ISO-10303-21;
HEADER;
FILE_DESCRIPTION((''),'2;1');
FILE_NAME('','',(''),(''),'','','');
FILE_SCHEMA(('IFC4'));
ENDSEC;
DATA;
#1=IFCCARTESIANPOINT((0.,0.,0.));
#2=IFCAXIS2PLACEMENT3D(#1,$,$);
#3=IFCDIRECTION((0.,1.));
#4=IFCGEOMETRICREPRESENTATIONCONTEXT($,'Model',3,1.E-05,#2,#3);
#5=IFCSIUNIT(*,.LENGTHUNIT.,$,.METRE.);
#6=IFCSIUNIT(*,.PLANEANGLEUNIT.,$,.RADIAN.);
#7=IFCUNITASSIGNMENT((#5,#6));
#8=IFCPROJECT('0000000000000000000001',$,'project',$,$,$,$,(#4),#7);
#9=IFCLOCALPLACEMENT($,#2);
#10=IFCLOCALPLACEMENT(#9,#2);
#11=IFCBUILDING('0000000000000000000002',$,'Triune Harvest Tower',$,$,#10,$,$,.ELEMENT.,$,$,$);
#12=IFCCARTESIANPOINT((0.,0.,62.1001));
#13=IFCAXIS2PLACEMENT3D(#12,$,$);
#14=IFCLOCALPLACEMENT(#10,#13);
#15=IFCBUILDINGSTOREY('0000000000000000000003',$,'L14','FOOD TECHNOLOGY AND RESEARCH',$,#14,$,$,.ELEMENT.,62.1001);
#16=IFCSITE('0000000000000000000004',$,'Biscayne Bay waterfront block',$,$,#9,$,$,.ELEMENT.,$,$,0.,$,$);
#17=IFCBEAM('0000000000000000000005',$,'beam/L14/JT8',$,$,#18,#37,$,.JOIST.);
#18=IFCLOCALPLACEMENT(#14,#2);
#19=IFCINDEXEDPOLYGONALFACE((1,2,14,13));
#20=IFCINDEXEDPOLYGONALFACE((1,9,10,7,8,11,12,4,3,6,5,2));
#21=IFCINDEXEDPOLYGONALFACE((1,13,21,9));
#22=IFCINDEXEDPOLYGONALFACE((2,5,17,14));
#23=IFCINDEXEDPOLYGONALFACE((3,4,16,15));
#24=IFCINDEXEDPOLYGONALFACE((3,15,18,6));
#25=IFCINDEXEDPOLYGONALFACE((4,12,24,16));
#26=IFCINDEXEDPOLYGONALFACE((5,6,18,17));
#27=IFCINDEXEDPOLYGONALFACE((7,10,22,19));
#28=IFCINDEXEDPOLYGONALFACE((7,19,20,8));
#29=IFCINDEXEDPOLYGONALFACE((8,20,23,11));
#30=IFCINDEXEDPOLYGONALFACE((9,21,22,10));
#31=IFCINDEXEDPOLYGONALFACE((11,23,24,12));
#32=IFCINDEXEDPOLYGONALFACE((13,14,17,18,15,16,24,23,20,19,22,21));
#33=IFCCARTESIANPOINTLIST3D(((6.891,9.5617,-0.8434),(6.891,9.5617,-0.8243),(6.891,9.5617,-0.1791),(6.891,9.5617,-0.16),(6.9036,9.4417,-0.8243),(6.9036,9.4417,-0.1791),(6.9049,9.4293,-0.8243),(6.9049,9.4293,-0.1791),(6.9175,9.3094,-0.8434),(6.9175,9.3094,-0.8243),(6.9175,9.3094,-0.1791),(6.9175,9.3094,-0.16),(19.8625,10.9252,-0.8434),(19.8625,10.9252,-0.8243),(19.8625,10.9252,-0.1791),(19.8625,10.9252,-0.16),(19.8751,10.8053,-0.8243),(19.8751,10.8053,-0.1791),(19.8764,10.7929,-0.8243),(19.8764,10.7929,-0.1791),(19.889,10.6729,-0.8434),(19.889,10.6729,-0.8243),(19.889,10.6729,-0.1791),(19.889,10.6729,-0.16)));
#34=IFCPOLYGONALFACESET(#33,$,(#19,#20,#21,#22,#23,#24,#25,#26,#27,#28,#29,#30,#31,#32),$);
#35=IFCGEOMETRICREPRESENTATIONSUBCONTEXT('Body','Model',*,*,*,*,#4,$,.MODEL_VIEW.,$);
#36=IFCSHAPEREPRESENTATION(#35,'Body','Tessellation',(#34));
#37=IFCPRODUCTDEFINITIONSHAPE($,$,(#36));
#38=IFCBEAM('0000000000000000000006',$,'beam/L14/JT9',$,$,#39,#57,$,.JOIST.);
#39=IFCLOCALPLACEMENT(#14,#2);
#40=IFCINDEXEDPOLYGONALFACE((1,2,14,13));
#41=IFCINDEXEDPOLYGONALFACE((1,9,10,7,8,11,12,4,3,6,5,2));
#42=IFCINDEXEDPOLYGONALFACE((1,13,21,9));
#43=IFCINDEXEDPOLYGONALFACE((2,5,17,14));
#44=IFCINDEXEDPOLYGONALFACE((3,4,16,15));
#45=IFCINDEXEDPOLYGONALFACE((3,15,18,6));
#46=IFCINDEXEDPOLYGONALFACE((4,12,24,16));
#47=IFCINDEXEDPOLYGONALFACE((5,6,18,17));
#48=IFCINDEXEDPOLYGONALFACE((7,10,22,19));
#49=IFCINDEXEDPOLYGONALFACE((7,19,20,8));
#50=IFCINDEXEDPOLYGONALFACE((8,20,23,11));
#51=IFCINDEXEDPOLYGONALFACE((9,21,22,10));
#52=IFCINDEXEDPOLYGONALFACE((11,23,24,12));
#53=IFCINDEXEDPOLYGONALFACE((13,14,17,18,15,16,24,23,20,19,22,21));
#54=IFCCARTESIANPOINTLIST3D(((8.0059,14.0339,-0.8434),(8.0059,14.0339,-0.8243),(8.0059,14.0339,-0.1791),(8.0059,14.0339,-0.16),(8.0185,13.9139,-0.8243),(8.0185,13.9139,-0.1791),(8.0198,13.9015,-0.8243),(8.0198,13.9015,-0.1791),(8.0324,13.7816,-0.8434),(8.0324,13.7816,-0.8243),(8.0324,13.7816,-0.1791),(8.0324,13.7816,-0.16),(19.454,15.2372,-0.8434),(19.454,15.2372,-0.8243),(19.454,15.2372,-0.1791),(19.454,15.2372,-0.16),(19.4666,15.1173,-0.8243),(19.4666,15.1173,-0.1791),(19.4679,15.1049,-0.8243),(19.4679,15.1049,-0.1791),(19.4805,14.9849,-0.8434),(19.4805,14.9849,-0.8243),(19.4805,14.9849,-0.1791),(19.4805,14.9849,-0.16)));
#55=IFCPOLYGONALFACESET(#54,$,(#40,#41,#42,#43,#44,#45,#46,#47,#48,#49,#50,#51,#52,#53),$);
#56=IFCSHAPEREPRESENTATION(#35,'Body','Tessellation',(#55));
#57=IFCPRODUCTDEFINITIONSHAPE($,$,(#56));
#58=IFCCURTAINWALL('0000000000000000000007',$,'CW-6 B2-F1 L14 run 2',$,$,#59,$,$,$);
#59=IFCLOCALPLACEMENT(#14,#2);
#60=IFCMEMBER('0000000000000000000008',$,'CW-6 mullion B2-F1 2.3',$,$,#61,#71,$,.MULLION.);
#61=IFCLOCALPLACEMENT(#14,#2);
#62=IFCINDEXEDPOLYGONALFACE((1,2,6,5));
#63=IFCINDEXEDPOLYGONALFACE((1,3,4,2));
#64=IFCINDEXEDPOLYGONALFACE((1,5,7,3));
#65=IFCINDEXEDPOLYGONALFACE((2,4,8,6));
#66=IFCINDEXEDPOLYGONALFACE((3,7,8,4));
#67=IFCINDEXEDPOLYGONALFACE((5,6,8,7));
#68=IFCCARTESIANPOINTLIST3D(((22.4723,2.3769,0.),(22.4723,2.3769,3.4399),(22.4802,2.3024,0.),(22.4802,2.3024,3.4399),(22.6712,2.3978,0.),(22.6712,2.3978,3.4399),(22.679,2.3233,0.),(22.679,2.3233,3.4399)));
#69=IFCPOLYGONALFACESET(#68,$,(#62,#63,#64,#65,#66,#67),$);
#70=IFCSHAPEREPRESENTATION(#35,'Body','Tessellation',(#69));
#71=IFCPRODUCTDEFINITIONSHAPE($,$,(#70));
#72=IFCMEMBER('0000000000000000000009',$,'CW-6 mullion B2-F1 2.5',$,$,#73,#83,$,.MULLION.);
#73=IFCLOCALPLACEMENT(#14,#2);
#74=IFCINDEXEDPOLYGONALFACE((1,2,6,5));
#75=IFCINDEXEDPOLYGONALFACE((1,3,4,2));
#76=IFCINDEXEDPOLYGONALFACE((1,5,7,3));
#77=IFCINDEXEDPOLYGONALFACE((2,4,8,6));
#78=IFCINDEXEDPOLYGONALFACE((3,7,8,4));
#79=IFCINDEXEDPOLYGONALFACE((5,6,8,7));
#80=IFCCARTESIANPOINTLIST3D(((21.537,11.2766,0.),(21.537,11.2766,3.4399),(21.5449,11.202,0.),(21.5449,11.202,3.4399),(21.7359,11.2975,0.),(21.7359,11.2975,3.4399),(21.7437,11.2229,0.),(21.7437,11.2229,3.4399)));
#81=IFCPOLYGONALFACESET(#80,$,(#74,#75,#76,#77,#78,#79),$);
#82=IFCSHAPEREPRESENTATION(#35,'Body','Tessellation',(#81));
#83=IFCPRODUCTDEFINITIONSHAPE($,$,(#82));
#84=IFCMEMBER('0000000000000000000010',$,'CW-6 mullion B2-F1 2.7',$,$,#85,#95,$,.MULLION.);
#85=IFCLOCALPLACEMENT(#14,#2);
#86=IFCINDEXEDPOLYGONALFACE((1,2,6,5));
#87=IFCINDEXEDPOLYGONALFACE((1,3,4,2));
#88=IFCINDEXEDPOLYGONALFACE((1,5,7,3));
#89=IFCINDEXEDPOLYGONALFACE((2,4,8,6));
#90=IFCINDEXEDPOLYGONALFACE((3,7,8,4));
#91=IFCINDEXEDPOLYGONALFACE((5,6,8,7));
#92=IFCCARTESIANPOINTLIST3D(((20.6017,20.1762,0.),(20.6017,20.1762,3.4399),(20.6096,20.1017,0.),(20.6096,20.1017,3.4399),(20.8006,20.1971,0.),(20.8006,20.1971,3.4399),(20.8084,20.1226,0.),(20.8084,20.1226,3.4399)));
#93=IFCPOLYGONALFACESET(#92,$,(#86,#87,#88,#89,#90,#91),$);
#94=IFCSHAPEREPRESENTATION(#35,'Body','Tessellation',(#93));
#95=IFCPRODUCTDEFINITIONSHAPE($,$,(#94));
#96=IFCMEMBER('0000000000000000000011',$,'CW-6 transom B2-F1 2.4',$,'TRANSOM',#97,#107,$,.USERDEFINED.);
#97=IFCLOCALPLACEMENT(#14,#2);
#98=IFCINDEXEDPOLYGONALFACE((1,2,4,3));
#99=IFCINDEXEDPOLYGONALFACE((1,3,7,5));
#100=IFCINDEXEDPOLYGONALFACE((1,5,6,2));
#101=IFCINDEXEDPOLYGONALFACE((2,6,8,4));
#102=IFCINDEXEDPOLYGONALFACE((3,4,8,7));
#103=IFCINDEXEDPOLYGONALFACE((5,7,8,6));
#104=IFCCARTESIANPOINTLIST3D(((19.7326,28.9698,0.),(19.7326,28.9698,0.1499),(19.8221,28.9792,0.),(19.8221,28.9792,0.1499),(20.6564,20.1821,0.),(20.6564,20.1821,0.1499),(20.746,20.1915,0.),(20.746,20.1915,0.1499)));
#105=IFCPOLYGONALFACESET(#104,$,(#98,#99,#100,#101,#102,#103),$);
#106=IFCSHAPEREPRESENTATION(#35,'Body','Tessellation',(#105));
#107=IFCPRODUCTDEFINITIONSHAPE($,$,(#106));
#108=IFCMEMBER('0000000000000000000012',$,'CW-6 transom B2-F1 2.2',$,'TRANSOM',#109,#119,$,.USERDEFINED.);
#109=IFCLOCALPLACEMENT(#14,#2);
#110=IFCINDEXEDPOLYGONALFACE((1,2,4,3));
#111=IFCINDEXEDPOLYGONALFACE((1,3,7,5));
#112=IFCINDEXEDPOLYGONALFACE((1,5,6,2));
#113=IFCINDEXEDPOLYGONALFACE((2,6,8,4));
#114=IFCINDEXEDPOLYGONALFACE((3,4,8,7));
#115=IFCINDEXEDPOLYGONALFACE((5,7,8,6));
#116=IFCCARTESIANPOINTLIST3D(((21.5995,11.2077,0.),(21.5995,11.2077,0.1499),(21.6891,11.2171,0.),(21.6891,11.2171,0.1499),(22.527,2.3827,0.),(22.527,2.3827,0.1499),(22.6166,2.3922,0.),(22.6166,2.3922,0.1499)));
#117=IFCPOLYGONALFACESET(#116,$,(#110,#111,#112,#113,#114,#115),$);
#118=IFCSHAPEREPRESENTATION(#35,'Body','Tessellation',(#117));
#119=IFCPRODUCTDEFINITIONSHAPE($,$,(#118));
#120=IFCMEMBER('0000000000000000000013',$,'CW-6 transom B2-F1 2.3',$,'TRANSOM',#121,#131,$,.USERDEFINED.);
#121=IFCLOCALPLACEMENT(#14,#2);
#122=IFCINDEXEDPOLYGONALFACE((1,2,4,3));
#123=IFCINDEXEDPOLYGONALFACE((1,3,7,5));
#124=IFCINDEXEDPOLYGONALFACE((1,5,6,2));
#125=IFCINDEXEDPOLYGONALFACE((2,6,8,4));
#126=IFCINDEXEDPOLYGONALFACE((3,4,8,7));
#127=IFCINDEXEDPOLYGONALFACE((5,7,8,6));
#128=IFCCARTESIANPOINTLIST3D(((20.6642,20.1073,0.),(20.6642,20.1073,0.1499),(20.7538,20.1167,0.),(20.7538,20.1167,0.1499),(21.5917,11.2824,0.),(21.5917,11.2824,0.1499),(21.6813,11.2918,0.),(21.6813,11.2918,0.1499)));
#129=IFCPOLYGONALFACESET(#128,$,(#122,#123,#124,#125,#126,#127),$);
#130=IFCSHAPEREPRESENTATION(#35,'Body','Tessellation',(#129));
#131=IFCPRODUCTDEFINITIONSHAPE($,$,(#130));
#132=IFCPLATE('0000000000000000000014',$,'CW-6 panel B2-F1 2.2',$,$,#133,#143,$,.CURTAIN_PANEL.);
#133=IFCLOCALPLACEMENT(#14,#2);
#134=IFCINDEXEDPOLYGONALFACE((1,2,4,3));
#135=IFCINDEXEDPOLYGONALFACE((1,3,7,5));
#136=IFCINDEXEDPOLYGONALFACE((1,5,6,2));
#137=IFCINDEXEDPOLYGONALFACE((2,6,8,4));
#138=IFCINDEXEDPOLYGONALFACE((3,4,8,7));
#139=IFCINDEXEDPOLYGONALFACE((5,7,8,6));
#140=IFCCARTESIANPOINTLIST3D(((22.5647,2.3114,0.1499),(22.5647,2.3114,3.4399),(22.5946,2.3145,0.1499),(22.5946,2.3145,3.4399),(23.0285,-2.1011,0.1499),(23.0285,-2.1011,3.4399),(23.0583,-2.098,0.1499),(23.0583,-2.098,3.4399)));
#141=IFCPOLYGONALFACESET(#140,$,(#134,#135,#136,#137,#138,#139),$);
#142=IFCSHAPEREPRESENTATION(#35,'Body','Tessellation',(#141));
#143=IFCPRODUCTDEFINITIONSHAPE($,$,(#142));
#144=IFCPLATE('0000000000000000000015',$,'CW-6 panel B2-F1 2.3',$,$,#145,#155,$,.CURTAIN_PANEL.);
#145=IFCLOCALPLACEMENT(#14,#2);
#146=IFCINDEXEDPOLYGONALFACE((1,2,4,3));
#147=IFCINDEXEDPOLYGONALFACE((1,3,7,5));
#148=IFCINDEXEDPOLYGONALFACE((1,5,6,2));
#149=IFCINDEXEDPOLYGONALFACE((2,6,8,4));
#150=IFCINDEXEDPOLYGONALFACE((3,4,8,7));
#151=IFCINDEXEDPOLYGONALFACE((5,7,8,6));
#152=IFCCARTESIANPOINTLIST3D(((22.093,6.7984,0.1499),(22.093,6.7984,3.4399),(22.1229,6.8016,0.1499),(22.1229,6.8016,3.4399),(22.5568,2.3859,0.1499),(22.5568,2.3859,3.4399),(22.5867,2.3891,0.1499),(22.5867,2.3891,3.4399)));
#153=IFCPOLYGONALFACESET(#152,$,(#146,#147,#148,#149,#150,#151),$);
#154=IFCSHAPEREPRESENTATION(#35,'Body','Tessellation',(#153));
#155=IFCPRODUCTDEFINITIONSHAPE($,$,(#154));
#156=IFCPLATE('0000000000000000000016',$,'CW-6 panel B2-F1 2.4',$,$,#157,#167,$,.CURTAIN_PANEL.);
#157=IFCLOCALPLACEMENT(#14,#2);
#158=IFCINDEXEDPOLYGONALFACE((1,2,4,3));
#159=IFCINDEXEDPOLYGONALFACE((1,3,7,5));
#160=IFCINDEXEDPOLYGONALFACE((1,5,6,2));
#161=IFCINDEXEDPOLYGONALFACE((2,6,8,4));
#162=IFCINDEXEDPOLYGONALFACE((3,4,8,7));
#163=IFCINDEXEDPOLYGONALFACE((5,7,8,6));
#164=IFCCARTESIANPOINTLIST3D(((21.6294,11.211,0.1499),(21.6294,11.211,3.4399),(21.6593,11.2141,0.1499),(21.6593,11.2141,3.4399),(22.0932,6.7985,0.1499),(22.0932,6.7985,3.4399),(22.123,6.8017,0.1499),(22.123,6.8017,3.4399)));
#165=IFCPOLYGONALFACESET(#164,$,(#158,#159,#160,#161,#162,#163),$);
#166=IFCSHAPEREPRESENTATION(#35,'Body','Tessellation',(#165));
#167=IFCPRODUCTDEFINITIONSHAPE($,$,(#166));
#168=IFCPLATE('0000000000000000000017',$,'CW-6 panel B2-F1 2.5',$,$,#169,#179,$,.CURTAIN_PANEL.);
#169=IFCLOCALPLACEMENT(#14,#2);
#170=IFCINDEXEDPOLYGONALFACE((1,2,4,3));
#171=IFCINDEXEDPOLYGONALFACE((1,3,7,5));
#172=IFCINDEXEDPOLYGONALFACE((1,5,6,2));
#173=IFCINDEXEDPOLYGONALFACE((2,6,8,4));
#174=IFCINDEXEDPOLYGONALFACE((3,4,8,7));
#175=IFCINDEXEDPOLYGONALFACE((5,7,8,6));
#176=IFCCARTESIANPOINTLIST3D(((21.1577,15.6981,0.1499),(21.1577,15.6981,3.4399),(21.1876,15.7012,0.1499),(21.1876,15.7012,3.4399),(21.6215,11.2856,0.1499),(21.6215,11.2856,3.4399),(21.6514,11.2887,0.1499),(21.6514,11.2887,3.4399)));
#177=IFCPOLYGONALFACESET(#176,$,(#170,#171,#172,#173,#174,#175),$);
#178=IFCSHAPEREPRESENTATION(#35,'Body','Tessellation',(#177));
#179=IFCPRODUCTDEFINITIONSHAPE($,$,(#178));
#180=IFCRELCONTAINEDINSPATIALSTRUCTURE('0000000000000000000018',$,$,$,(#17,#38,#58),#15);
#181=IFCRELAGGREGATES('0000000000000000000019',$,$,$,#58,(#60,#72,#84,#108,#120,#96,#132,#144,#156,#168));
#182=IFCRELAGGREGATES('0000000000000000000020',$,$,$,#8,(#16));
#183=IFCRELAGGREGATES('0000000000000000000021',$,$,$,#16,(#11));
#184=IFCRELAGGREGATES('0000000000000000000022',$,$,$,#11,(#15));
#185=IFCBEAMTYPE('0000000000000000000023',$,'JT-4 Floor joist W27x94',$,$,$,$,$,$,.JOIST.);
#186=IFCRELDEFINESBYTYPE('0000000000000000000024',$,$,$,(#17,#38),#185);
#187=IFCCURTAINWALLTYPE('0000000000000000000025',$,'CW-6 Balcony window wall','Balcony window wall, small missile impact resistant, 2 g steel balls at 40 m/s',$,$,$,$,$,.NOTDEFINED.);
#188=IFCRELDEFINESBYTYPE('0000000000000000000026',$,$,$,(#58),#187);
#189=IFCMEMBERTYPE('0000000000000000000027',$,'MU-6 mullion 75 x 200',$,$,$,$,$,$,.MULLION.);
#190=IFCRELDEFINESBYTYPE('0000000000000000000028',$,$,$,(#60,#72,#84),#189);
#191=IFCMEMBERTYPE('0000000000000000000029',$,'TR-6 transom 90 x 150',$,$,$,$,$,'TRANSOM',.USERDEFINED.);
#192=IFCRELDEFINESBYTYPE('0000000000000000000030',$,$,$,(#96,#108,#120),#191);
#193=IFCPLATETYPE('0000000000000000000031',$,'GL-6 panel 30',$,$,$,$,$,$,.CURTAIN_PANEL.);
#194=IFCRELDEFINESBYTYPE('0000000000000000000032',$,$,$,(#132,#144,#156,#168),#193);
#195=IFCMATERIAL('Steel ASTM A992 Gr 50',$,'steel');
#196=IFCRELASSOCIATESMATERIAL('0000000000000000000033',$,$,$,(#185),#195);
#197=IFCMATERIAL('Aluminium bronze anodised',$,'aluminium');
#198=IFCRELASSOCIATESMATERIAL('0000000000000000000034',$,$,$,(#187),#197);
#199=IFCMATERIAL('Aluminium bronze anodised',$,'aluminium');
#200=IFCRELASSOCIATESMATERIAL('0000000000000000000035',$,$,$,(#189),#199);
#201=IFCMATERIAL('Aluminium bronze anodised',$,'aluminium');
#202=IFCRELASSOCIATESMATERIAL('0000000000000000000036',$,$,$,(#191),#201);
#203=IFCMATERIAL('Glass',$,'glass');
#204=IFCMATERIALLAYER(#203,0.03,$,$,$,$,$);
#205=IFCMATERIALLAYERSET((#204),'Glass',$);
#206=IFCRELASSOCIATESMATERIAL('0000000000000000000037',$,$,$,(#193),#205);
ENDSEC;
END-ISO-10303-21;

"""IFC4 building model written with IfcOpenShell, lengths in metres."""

from ifc_helpers import new_model, si_unit, direction, frame, origin, origin_2d, place, context, subcontext, project, spatial, rectangle, i_section, extrude, source, transform, mapped, material, layer, layer_set, material_profile, profile_set, type_object, element, aggregate, save


model = new_model("IFC4")

# Units and contexts
model_context = context("Model", 3, precision=1e-05, world=origin(), true_north=direction((0.0, 1.0)))
body_context = subcontext(model_context, "Body", "Model", "MODEL_VIEW")
ifc_project = project(units=[si_unit("LENGTHUNIT", "METRE"), si_unit("PLANEANGLEUNIT", "RADIAN")], contexts=[model_context])

# Site, building, storey
site_placement = place(None, origin())
site = spatial("IfcSite", under=ifc_project, at=site_placement, Name="Biscayne Bay waterfront block", CompositionType="ELEMENT", RefElevation=0.0)
building_placement = place(site_placement, origin())
building = spatial("IfcBuilding", under=site, at=building_placement, Name="Triune Harvest Tower", CompositionType="ELEMENT")
storey_placement = place(building_placement, frame((0.0, 0.0, 62.1001)))
storey = spatial("IfcBuildingStorey", under=building, at=storey_placement, Name="L14", Description="FOOD TECHNOLOGY AND RESEARCH", CompositionType="ELEMENT", Elevation=62.1001)

# Beams
ifc_material_1 = material(Name="Steel ASTM A992 Gr 50", Category="steel")
ifc_material_profile_1 = material_profile(ifc_material_1, i_section(OverallWidth=0.2537, OverallDepth=0.6833, WebThickness=0.0125, FlangeThickness=0.019, at=origin_2d()), Name="W27x94")
ifc_profile_set_1 = profile_set([ifc_material_profile_1], Name="Steel ASTM A992 Gr 50")
beam_type_1 = type_object("IfcBeamType", Name="JT-4 Floor joist W27x94", PredefinedType="JOIST", material=ifc_profile_set_1)
shared_shape_1 = source(origin(), body_context, "Body", "SweptSolid", [
    extrude(i_section(OverallWidth=0.2537, OverallDepth=0.6833, WebThickness=0.0125, FlangeThickness=0.019, at=origin_2d()), origin(), (0.0, 0.0, 1.0), 13.043),
])
beam_1_placement = place(storey_placement, frame((19.8757, 10.7991, -0.5017), z_axis=(-0.994521, -0.104542, 0.0), x_axis=(0.104542, -0.994521, 0.0)))
element("IfcBeam", 1, at=beam_1_placement, inside=storey, type_object=beam_type_1, Name="beam/L14/JT8", PredefinedType="JOIST", context=body_context, shape_type="MappedRepresentation", body=[
    mapped(shared_shape_1, transform((0.0, 0.0, 0.0), scale=1.0)),
])
shared_shape_2 = source(origin(), body_context, "Body", "SweptSolid", [
    extrude(i_section(OverallWidth=0.2537, OverallDepth=0.6833, WebThickness=0.0125, FlangeThickness=0.019, at=origin_2d()), origin(), (0.0, 0.0, 1.0), 11.5112),
])
beam_2_placement = place(storey_placement, frame((19.4673, 15.1111, -0.5017), z_axis=(-0.994521, -0.104538, 0.0), x_axis=(0.104538, -0.994521, 0.0)))
element("IfcBeam", 2, at=beam_2_placement, inside=storey, type_object=beam_type_1, Name="beam/L14/JT9", PredefinedType="JOIST", context=body_context, shape_type="MappedRepresentation", body=[
    mapped(shared_shape_2, transform((0.0, 0.0, 0.0), scale=1.0)),
])

# Curtain wall, members, plates
ifc_material_2 = material(Name="Aluminium bronze anodised", Category="aluminium")
curtain_wall_type = type_object("IfcCurtainWallType", Name="CW-6 Balcony window wall", Description="Balcony window wall, small missile impact resistant, 2 g steel balls at 40 m/s", PredefinedType="NOTDEFINED", material=ifc_material_2)
curtain_wall_placement = place(storey_placement, origin())
curtain_wall = element("IfcCurtainWall", 3, at=curtain_wall_placement, inside=storey, type_object=curtain_wall_type, Name="CW-6 B2-F1 L14 run 2")
ifc_material_3 = material(Name="Aluminium bronze anodised", Category="aluminium")
ifc_material_profile_2 = material_profile(ifc_material_3, rectangle(XDim=0.2, YDim=0.075, at=origin_2d()), Name="MU-6 mullion 75 x 200")
ifc_profile_set_2 = profile_set([ifc_material_profile_2], Name="Aluminium bronze anodised")
member_type_1 = type_object("IfcMemberType", Name="MU-6 mullion 75 x 200", PredefinedType="MULLION", material=ifc_profile_set_2)
shared_shape_3 = source(origin(), body_context, "Body", "SweptSolid", [
    extrude(rectangle(XDim=0.2, YDim=0.075, at=origin_2d()), origin(), (0.0, 0.0, 1.0), 3.4399),
])
member_1_placement = place(storey_placement, frame((22.5757, 2.3501, 0.0), z_axis=(0.0, 0.0, 1.0), x_axis=(-0.994522, -0.104528, 0.0)))
member_1 = element("IfcMember", 4, at=member_1_placement, type_object=member_type_1, Name="CW-6 mullion B2-F1 2.3", PredefinedType="MULLION", context=body_context, shape_type="MappedRepresentation", body=[
    mapped(shared_shape_3, transform((0.0, 0.0, 0.0), scale=1.0)),
])
member_2_placement = place(storey_placement, frame((21.6404, 11.2498, 0.0), z_axis=(0.0, 0.0, 1.0), x_axis=(-0.994522, -0.104528, 0.0)))
member_2 = element("IfcMember", 5, at=member_2_placement, type_object=member_type_1, Name="CW-6 mullion B2-F1 2.5", PredefinedType="MULLION", context=body_context, shape_type="MappedRepresentation", body=[
    mapped(shared_shape_3, transform((0.0, 0.0, 0.0), scale=1.0)),
])
member_3_placement = place(storey_placement, frame((20.7051, 20.1494, 0.0), z_axis=(0.0, 0.0, 1.0), x_axis=(-0.994522, -0.104528, 0.0)))
member_3 = element("IfcMember", 6, at=member_3_placement, type_object=member_type_1, Name="CW-6 mullion B2-F1 2.7", PredefinedType="MULLION", context=body_context, shape_type="MappedRepresentation", body=[
    mapped(shared_shape_3, transform((0.0, 0.0, 0.0), scale=1.0)),
])
ifc_material_4 = material(Name="Aluminium bronze anodised", Category="aluminium")
ifc_material_profile_3 = material_profile(ifc_material_4, rectangle(XDim=0.0901, YDim=0.1499, at=origin_2d()), Name="TR-6 transom 90 x 150")
ifc_profile_set_3 = profile_set([ifc_material_profile_3], Name="Aluminium bronze anodised")
member_type_2 = type_object("IfcMemberType", Name="TR-6 transom 90 x 150", ElementType="TRANSOM", PredefinedType="USERDEFINED", material=ifc_profile_set_3)
shared_shape_4 = source(origin(), body_context, "Body", "SweptSolid", [
    extrude(rectangle(XDim=0.0901, YDim=0.1499, at=origin_2d()), origin(), (0.0, 0.0, 1.0), 8.8362),
])
member_4_placement = place(storey_placement, frame((20.7012, 20.1868, 0.075), z_axis=(-0.10455, 0.99452, 0.0), x_axis=(-0.99452, -0.10455, 0.0)))
member_4 = element("IfcMember", 7, at=member_4_placement, type_object=member_type_2, Name="CW-6 transom B2-F1 2.4", ObjectType="TRANSOM", PredefinedType="USERDEFINED", context=body_context, shape_type="MappedRepresentation", body=[
    mapped(shared_shape_4, transform((0.0, 0.0, 0.0), scale=1.0)),
])
shared_shape_5 = source(origin(), body_context, "Body", "SweptSolid", [
    extrude(rectangle(XDim=0.0901, YDim=0.1499, at=origin_2d()), origin(), (0.0, 0.0, 1.0), 8.8735),
])
member_5_placement = place(storey_placement, frame((22.5718, 2.3875, 0.075), z_axis=(-0.104523, 0.994522, 0.0), x_axis=(-0.994522, -0.104523, 0.0)))
member_5 = element("IfcMember", 8, at=member_5_placement, type_object=member_type_2, Name="CW-6 transom B2-F1 2.2", ObjectType="TRANSOM", PredefinedType="USERDEFINED", context=body_context, shape_type="MappedRepresentation", body=[
    mapped(shared_shape_5, transform((0.0, 0.0, 0.0), scale=1.0)),
])
member_6_placement = place(storey_placement, frame((21.6365, 11.2871, 0.075), z_axis=(-0.104523, 0.994522, 0.0), x_axis=(-0.994522, -0.104523, 0.0)))
member_6 = element("IfcMember", 9, at=member_6_placement, type_object=member_type_2, Name="CW-6 transom B2-F1 2.3", ObjectType="TRANSOM", PredefinedType="USERDEFINED", context=body_context, shape_type="MappedRepresentation", body=[
    mapped(shared_shape_5, transform((0.0, 0.0, 0.0), scale=1.0)),
])
ifc_material_5 = material(Name="Glass", Category="glass")
ifc_layer_1 = layer(ifc_material_5, 0.03)
ifc_layer_set_1 = layer_set([ifc_layer_1], Name="Glass")
plate_type = type_object("IfcPlateType", Name="GL-6 panel 30", PredefinedType="CURTAIN_PANEL", material=ifc_layer_set_1)
shared_shape_6 = source(origin(), body_context, "Body", "SweptSolid", [
    extrude(rectangle(XDim=4.4368, YDim=0.03, at=origin_2d()), origin(), (0.0, 0.0, 1.0), 3.29),
])
plate_1_placement = place(storey_placement, frame((22.8115, 0.1067, 0.1499), z_axis=(0.0, 0.0, 1.0), x_axis=(-0.104528, 0.994522, 0.0)))
plate_1 = element("IfcPlate", 10, at=plate_1_placement, type_object=plate_type, Name="CW-6 panel B2-F1 2.2", PredefinedType="CURTAIN_PANEL", context=body_context, shape_type="MappedRepresentation", body=[
    mapped(shared_shape_6, transform((0.0, 0.0, 0.0), scale=1.0)),
])
plate_2_placement = place(storey_placement, frame((22.3398, 4.5938, 0.1499), z_axis=(0.0, 0.0, 1.0), x_axis=(-0.104528, 0.994522, 0.0)))
plate_2 = element("IfcPlate", 11, at=plate_2_placement, type_object=plate_type, Name="CW-6 panel B2-F1 2.3", PredefinedType="CURTAIN_PANEL", context=body_context, shape_type="MappedRepresentation", body=[
    mapped(shared_shape_6, transform((0.0, 0.0, 0.0), scale=1.0)),
])
plate_3_placement = place(storey_placement, frame((21.8762, 9.0063, 0.1499), z_axis=(0.0, 0.0, 1.0), x_axis=(-0.104528, 0.994522, 0.0)))
plate_3 = element("IfcPlate", 12, at=plate_3_placement, type_object=plate_type, Name="CW-6 panel B2-F1 2.4", PredefinedType="CURTAIN_PANEL", context=body_context, shape_type="MappedRepresentation", body=[
    mapped(shared_shape_6, transform((0.0, 0.0, 0.0), scale=1.0)),
])
plate_4_placement = place(storey_placement, frame((21.4045, 13.4934, 0.1499), z_axis=(0.0, 0.0, 1.0), x_axis=(-0.104528, 0.994522, 0.0)))
plate_4 = element("IfcPlate", 13, at=plate_4_placement, type_object=plate_type, Name="CW-6 panel B2-F1 2.5", PredefinedType="CURTAIN_PANEL", context=body_context, shape_type="MappedRepresentation", body=[
    mapped(shared_shape_6, transform((0.0, 0.0, 0.0), scale=1.0)),
])
aggregate(curtain_wall, [member_1, member_2, member_3, member_5, member_6, member_4, plate_1, plate_2, plate_3, plate_4])

save(model, "model.ifc")
